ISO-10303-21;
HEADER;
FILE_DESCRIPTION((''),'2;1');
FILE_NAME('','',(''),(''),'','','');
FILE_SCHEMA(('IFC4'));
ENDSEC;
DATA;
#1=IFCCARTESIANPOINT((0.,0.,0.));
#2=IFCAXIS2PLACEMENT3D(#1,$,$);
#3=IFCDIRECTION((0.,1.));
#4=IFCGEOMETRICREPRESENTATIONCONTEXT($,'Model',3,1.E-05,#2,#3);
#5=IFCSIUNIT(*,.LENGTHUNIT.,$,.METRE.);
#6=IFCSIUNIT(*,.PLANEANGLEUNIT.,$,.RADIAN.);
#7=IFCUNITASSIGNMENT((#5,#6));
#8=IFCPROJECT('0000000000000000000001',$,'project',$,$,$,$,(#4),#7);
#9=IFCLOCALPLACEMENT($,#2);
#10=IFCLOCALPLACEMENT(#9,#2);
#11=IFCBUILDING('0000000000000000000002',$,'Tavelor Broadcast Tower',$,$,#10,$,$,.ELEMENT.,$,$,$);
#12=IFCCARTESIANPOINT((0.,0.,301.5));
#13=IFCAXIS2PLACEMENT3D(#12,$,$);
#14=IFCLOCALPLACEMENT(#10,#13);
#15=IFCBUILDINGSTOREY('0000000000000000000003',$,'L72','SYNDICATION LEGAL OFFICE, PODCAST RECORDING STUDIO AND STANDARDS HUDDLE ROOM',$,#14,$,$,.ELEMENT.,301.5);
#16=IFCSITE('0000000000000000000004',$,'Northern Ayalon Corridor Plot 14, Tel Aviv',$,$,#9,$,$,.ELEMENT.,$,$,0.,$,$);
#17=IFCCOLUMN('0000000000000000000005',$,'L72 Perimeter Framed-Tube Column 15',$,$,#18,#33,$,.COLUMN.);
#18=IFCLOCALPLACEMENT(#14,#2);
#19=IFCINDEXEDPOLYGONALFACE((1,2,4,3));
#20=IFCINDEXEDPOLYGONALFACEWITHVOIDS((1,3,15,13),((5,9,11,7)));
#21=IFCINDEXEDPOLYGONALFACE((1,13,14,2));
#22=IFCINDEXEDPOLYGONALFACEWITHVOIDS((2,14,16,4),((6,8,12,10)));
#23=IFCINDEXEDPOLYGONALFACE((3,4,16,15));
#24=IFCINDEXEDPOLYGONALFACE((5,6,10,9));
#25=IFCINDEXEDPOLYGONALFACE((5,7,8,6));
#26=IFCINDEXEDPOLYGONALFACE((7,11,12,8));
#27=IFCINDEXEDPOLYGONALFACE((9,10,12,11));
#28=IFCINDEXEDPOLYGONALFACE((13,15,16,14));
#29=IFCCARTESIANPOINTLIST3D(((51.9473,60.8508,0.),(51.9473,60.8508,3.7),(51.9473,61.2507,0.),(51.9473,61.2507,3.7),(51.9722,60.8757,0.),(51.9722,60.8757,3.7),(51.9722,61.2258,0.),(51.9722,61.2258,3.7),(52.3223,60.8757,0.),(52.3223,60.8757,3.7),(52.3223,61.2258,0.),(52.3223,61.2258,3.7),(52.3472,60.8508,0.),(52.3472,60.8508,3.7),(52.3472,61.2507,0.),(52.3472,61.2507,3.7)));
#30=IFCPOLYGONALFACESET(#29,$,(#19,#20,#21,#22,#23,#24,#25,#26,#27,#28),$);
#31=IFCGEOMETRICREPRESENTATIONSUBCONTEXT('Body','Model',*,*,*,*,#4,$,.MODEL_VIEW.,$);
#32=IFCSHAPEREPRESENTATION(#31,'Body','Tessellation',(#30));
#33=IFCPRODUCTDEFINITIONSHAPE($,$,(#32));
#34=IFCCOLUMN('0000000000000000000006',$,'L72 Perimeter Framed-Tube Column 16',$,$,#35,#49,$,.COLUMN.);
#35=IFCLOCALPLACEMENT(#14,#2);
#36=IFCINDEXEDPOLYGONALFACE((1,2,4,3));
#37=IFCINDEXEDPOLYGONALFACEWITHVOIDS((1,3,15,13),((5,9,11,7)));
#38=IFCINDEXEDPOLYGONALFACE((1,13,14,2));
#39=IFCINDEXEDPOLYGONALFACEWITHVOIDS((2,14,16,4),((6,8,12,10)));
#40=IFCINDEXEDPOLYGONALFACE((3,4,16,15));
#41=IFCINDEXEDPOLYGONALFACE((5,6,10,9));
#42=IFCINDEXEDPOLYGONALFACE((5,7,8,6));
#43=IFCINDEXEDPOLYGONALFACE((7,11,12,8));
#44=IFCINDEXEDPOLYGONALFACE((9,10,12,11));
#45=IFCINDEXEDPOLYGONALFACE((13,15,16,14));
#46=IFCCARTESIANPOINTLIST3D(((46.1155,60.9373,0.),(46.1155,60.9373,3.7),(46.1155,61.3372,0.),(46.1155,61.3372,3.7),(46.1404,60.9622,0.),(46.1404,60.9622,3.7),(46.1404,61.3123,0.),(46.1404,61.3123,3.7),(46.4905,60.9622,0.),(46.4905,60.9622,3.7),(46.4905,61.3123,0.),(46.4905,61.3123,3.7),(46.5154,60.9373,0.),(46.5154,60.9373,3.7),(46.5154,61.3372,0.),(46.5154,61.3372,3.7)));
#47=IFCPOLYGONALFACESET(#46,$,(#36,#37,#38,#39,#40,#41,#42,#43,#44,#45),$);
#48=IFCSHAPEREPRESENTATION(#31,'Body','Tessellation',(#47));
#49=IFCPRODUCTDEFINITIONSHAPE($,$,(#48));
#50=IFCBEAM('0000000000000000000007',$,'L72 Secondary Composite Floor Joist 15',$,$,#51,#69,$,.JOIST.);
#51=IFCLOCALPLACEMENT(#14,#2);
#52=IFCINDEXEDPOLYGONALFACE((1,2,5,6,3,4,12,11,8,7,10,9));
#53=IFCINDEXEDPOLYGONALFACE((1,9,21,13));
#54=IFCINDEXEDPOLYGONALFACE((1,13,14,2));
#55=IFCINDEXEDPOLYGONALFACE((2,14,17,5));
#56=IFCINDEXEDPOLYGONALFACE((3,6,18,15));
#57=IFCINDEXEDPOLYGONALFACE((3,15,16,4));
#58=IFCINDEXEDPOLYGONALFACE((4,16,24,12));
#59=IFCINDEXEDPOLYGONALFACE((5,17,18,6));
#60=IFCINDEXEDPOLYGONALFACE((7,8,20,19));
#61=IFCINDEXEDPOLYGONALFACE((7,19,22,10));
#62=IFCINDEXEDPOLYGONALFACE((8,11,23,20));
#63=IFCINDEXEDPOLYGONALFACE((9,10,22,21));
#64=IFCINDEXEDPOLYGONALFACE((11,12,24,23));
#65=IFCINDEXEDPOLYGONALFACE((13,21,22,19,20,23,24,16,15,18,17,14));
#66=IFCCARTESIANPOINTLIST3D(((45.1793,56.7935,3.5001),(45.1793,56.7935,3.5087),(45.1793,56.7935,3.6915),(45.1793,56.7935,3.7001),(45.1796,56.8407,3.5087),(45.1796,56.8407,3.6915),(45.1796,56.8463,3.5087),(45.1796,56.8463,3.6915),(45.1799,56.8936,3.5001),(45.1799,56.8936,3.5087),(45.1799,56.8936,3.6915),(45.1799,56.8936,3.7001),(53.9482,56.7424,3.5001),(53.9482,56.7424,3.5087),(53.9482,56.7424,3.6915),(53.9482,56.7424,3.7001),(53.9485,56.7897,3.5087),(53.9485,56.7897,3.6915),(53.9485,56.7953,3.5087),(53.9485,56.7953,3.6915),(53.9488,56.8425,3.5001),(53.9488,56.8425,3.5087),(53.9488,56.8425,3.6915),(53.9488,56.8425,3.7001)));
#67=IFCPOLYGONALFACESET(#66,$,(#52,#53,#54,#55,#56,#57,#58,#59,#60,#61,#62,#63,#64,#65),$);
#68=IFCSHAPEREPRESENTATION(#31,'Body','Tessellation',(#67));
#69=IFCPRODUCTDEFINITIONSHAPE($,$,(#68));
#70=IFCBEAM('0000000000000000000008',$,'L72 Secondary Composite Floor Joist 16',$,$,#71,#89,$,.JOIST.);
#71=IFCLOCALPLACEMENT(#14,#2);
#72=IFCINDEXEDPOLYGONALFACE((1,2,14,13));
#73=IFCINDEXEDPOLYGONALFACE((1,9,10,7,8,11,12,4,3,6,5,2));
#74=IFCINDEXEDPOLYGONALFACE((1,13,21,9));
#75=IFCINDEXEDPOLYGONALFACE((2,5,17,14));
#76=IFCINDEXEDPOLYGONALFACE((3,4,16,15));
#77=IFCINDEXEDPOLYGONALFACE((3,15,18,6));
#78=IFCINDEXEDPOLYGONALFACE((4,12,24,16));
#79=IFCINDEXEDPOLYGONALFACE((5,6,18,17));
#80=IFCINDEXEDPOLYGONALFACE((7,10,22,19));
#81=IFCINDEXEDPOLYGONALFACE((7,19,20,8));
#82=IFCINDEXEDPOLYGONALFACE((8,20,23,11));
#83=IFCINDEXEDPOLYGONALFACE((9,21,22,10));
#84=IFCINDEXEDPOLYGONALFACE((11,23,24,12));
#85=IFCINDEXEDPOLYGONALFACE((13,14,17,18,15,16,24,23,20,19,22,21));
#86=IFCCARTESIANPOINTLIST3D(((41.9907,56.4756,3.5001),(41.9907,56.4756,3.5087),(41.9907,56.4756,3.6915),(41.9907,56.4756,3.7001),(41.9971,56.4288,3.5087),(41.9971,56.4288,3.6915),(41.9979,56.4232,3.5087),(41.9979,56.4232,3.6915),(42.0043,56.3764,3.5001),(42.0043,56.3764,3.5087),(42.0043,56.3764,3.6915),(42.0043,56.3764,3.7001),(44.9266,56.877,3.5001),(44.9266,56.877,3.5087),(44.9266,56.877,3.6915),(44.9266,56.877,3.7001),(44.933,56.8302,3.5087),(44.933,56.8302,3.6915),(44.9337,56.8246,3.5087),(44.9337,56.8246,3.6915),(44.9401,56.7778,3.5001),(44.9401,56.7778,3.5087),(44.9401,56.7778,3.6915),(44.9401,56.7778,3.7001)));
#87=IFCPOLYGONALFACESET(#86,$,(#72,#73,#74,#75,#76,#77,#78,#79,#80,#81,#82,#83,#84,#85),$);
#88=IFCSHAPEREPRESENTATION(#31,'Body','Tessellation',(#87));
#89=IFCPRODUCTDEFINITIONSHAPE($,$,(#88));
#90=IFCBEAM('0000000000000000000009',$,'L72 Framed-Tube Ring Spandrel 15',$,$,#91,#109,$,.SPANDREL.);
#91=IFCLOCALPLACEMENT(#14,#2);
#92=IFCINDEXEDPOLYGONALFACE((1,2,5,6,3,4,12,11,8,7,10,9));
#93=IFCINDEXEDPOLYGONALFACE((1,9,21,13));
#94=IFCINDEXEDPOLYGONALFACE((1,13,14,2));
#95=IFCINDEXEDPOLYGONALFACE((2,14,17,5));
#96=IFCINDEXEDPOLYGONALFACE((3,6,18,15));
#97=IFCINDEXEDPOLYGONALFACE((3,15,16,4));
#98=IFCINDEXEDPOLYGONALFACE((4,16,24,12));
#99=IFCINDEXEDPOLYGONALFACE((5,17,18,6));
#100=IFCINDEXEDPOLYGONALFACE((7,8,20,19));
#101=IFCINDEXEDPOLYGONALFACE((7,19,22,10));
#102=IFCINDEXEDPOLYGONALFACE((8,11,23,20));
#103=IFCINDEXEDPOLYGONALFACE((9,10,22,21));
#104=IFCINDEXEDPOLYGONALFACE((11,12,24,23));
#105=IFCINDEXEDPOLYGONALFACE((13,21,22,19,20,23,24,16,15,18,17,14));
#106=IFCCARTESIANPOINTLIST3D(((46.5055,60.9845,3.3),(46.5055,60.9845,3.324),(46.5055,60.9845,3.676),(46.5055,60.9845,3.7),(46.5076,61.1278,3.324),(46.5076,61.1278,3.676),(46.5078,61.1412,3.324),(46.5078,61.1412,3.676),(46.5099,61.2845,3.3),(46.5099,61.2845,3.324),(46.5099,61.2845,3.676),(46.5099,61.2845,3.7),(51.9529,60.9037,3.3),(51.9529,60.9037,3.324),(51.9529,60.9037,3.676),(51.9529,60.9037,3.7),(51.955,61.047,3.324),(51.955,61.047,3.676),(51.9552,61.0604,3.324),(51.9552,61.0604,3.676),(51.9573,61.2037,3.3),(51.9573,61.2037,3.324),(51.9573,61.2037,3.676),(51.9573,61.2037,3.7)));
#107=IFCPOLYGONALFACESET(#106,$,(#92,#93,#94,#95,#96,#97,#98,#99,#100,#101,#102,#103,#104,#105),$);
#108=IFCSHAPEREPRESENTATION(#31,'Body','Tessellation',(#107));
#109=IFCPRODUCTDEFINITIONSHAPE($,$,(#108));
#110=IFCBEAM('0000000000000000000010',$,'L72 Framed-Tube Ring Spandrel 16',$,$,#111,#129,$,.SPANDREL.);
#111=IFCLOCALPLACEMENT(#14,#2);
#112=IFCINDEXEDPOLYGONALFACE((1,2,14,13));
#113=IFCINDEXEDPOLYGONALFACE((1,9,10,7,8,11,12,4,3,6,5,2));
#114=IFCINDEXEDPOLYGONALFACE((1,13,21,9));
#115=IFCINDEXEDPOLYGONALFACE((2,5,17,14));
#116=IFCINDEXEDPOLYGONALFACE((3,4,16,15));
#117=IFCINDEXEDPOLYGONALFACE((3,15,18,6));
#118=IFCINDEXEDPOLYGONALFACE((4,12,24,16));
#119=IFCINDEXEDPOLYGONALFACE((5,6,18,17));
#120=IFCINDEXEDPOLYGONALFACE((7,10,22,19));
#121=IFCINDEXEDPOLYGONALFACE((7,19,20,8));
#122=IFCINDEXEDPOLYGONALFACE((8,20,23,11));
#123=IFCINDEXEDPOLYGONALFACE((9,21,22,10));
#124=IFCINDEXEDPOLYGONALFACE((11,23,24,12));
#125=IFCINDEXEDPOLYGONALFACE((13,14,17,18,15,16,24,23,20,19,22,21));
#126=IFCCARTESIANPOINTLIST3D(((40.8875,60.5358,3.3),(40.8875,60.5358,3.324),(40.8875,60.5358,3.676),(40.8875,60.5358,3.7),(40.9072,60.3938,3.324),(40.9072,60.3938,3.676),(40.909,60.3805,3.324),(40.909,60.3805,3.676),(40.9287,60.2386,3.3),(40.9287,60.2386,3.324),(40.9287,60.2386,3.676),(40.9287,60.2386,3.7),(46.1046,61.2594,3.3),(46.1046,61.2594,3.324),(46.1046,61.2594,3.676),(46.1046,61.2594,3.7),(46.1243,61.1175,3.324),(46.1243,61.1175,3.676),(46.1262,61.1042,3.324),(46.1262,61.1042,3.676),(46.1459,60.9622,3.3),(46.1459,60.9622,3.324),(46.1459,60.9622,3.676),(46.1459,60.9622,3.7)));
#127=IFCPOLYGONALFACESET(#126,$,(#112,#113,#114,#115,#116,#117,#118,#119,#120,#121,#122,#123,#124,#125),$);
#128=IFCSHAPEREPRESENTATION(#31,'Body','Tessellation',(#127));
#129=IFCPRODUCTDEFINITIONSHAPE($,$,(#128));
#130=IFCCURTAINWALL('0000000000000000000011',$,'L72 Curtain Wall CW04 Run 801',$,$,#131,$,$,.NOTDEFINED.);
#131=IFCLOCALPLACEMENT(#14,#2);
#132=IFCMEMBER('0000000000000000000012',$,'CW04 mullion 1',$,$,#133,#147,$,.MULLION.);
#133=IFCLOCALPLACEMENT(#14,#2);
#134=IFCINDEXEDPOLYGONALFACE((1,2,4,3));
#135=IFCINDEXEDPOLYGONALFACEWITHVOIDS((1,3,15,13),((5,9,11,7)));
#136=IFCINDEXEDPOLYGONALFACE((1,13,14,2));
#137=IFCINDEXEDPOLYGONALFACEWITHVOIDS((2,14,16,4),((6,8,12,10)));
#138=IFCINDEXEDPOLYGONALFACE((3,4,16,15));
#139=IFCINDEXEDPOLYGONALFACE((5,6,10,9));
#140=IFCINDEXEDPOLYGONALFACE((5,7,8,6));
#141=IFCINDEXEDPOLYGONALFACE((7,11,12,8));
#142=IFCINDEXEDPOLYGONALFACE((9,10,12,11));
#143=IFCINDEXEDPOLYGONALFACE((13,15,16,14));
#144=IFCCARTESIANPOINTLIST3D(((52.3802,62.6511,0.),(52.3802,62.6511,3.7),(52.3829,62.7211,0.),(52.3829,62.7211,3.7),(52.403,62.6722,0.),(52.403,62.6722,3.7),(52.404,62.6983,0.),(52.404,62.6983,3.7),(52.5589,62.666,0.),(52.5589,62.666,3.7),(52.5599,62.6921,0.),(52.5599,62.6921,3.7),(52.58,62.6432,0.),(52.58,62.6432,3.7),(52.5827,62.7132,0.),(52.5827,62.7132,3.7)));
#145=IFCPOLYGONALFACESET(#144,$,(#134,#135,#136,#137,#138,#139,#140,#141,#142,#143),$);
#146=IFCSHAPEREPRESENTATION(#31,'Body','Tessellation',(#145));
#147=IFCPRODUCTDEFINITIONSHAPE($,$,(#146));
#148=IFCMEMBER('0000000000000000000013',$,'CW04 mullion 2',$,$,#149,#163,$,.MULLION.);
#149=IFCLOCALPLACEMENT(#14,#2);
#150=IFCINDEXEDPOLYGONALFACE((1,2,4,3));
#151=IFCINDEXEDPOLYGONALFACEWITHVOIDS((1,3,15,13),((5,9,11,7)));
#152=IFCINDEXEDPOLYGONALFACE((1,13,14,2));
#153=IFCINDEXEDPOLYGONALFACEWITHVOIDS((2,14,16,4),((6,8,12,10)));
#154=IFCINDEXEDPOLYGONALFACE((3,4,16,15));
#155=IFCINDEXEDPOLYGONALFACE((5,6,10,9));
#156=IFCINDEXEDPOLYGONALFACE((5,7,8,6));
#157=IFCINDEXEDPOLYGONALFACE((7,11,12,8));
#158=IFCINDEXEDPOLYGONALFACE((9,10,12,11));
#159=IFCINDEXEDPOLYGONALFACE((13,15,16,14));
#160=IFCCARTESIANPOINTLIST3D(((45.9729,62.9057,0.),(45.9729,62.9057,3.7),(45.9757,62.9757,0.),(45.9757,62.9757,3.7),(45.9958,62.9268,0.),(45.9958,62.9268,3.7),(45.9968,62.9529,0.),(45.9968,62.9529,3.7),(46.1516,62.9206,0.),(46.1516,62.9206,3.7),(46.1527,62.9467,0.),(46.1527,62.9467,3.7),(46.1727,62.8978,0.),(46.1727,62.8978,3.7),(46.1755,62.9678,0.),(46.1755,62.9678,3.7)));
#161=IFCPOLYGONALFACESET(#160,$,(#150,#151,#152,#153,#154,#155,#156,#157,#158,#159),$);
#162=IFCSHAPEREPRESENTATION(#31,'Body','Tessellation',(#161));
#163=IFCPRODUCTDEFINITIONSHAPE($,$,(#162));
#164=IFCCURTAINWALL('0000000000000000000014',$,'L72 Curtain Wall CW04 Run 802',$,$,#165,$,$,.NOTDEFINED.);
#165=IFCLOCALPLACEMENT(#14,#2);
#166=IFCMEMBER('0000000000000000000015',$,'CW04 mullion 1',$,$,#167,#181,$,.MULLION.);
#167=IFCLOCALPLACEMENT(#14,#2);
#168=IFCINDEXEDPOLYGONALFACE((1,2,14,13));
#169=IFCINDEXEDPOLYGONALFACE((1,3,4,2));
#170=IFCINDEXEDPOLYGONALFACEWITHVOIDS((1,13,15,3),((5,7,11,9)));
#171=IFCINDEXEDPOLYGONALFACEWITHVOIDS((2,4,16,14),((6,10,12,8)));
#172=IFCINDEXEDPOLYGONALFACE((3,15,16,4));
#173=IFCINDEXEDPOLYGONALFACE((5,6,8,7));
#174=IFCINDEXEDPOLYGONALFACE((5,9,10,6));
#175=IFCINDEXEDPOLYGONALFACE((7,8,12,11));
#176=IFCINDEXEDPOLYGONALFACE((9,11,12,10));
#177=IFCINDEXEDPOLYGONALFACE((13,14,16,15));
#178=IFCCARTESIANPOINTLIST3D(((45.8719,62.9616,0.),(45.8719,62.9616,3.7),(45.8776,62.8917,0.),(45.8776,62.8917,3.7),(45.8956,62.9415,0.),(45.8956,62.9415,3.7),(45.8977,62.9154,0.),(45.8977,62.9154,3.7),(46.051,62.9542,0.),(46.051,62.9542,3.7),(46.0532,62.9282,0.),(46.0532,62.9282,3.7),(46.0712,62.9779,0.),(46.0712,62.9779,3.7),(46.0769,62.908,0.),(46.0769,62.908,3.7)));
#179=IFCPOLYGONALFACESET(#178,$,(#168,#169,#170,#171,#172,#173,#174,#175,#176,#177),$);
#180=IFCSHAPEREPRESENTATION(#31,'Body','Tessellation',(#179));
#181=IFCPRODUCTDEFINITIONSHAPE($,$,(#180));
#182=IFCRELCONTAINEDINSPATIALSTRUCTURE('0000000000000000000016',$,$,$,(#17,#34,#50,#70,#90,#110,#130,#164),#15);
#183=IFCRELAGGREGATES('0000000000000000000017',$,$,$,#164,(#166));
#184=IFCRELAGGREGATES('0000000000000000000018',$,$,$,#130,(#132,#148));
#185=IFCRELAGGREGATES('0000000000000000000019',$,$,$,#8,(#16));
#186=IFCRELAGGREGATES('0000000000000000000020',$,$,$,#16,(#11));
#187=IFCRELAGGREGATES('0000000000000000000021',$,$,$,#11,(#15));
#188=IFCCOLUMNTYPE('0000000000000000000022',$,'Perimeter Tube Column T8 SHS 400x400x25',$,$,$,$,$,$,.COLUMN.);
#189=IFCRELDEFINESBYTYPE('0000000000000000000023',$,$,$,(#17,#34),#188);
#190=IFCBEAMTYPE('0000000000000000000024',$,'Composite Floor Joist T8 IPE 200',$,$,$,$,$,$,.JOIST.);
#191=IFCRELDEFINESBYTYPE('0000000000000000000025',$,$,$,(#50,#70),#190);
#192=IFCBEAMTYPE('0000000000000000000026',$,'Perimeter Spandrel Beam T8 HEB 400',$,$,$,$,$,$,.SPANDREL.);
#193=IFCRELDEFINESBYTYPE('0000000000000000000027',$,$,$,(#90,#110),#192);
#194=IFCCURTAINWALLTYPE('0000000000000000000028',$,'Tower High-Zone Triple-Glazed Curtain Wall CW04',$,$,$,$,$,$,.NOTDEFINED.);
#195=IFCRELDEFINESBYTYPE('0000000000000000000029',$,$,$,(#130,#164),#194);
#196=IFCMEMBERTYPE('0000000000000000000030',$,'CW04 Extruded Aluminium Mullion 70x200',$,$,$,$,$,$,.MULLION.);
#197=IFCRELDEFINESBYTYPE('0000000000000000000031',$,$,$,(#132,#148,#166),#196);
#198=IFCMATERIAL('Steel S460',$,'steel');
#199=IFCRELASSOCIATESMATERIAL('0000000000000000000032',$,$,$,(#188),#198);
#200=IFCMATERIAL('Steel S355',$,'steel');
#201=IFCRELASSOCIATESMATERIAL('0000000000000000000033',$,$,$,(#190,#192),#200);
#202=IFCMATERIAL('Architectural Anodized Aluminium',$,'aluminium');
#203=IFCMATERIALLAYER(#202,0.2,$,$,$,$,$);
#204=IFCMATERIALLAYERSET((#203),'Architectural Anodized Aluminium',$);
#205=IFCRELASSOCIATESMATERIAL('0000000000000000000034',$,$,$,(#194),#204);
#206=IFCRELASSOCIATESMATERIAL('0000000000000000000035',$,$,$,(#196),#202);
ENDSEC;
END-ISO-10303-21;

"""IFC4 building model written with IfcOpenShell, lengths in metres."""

from ifc_helpers import new_model, si_unit, direction, frame, origin, origin_2d, place, context, subcontext, project, spatial, hollow_rectangle, i_section, extrude, source, transform, mapped, material, layer, layer_set, material_profile, profile_set, type_object, type_shapes, element, aggregate, save


model = new_model("IFC4")

# Units and contexts
model_context = context("Model", 3, precision=1e-05, world=origin(), true_north=direction((0.0, 1.0)))
body_context = subcontext(model_context, "Body", "Model", "MODEL_VIEW")
ifc_project = project(units=[si_unit("LENGTHUNIT", "METRE"), si_unit("PLANEANGLEUNIT", "RADIAN")], contexts=[model_context])

# Site, building, storey
site_placement = place(None, origin())
site = spatial("IfcSite", under=ifc_project, at=site_placement, Name="Northern Ayalon Corridor Plot 14, Tel Aviv", CompositionType="ELEMENT", RefElevation=0.0)
building_placement = place(site_placement, origin())
building = spatial("IfcBuilding", under=site, at=building_placement, Name="Tavelor Broadcast Tower", CompositionType="ELEMENT")
storey_placement = place(building_placement, frame((0.0, 0.0, 301.5)))
storey = spatial("IfcBuildingStorey", under=building, at=storey_placement, Name="L72", Description="SYNDICATION LEGAL OFFICE, PODCAST RECORDING STUDIO AND STANDARDS HUDDLE ROOM", CompositionType="ELEMENT", Elevation=301.5)

# Columns
ifc_material_1 = material(Name="Steel S460", Category="steel")
ifc_material_profile_1 = material_profile(ifc_material_1, hollow_rectangle(XDim=0.3999, YDim=0.3999, WallThickness=0.0249, at=origin_2d()), Name="SHS 400x400x25")
ifc_profile_set_1 = profile_set([ifc_material_profile_1], Name="Steel S460")
column_type = type_object("IfcColumnType", Name="Perimeter Tube Column T8 SHS 400x400x25", PredefinedType="COLUMN", material=ifc_profile_set_1)
for number, where, z_axis, x_axis, name in (
    (1, (52.1472, 61.0508, 0.0), (0.0, 0.0, 1.0), (1.0, 0.0, 0.0), "L72 Perimeter Framed-Tube Column 15"),
    (2, (46.3154, 61.1372, 0.0), (0.0, 0.0, 1.0), (1.0, 0.0, 0.0), "L72 Perimeter Framed-Tube Column 16"),
):
    element("IfcColumn", number, at=place(storey_placement, frame(where, z_axis=z_axis, x_axis=x_axis)), inside=storey, type_object=column_type, Name=name, PredefinedType="COLUMN", context=body_context, shape_type="SweptSolid", body=[
        extrude(hollow_rectangle(XDim=0.3999, YDim=0.3999, WallThickness=0.0249, at=origin_2d()), origin(), (0.0, 0.0, 1.0), 3.7),
    ])

# Beams
ifc_material_2 = material(Name="Steel S355", Category="steel")
ifc_material_profile_2 = material_profile(ifc_material_2, i_section(OverallWidth=0.1001, OverallDepth=0.2, WebThickness=0.0056, FlangeThickness=0.0085, at=origin_2d()), Name="IPE 200")
ifc_profile_set_2 = profile_set([ifc_material_profile_2], Name="Steel S355")
beam_type_1 = type_object("IfcBeamType", Name="Composite Floor Joist T8 IPE 200", PredefinedType="JOIST", material=ifc_profile_set_2)
beam_1_placement = place(storey_placement, frame((53.9485, 56.7925, 3.6001), z_axis=(-0.999983, 0.005819, 0.0), x_axis=(-0.005819, -0.999983, 0.0)))
element("IfcBeam", 3, at=beam_1_placement, inside=storey, type_object=beam_type_1, Name="L72 Secondary Composite Floor Joist 15", PredefinedType="JOIST", context=body_context, shape_type="SweptSolid", body=[
    extrude(i_section(OverallWidth=0.1001, OverallDepth=0.2, WebThickness=0.0056, FlangeThickness=0.0085, at=origin_2d()), origin(), (0.0, 0.0, 1.0), 8.769),
])
beam_2_placement = place(storey_placement, frame((44.9333, 56.8274, 3.6001), z_axis=(-0.990783, -0.135455, 0.0), x_axis=(0.135455, -0.990783, 0.0)))
element("IfcBeam", 4, at=beam_2_placement, inside=storey, type_object=beam_type_1, Name="L72 Secondary Composite Floor Joist 16", PredefinedType="JOIST", context=body_context, shape_type="SweptSolid", body=[
    extrude(i_section(OverallWidth=0.1001, OverallDepth=0.2, WebThickness=0.0056, FlangeThickness=0.0085, at=origin_2d()), origin(), (0.0, 0.0, 1.0), 2.9631),
])
ifc_material_profile_3 = material_profile(ifc_material_2, i_section(OverallWidth=0.3, OverallDepth=0.3999, WebThickness=0.0134, FlangeThickness=0.0239, at=origin_2d()), Name="HEB 400")
ifc_profile_set_3 = profile_set([ifc_material_profile_3], Name="Steel S355")
beam_type_2 = type_object("IfcBeamType", Name="Perimeter Spandrel Beam T8 HEB 400", PredefinedType="SPANDREL", material=ifc_profile_set_3)
beam_3_placement = place(storey_placement, frame((51.9551, 61.0537, 3.5), z_axis=(-0.99989, 0.014833, 0.0), x_axis=(-0.014833, -0.99989, 0.0)))
element("IfcBeam", 5, at=beam_3_placement, inside=storey, type_object=beam_type_2, Name="L72 Framed-Tube Ring Spandrel 15", PredefinedType="SPANDREL", context=body_context, shape_type="SweptSolid", body=[
    extrude(i_section(OverallWidth=0.3, OverallDepth=0.3999, WebThickness=0.0134, FlangeThickness=0.0239, at=origin_2d()), origin(), (0.0, 0.0, 1.0), 5.448),
])
beam_4_placement = place(storey_placement, frame((46.1252, 61.1108, 3.5), z_axis=(-0.990517, -0.13739, 0.0), x_axis=(0.13739, -0.990517, 0.0)))
element("IfcBeam", 6, at=beam_4_placement, inside=storey, type_object=beam_type_2, Name="L72 Framed-Tube Ring Spandrel 16", PredefinedType="SPANDREL", context=body_context, shape_type="SweptSolid", body=[
    extrude(i_section(OverallWidth=0.3, OverallDepth=0.3999, WebThickness=0.0134, FlangeThickness=0.0239, at=origin_2d()), origin(), (0.0, 0.0, 1.0), 5.2671),
])

# Curtain walls, members
ifc_material_3 = material(Name="Architectural Anodized Aluminium", Category="aluminium")
ifc_layer_1 = layer(ifc_material_3, 0.2)
ifc_layer_set_1 = layer_set([ifc_layer_1], Name="Architectural Anodized Aluminium")
curtain_wall_type = type_object("IfcCurtainWallType", Name="Tower High-Zone Triple-Glazed Curtain Wall CW04", PredefinedType="NOTDEFINED", material=ifc_layer_set_1)
curtain_wall_1_placement = place(storey_placement, origin())
curtain_wall_1 = element("IfcCurtainWall", 7, at=curtain_wall_1_placement, inside=storey, type_object=curtain_wall_type, Name="L72 Curtain Wall CW04 Run 801", PredefinedType="NOTDEFINED")
ifc_material_profile_4 = material_profile(ifc_material_3, hollow_rectangle(XDim=0.0701, YDim=0.2, WallThickness=0.022, at=origin_2d()), Name="RHS 70x200x22")
ifc_profile_set_4 = profile_set([ifc_material_profile_4], Name="Architectural Anodized Aluminium")
member_type_1 = type_object("IfcMemberType", Name="CW04 Extruded Aluminium Mullion 70x200", PredefinedType="MULLION", material=ifc_profile_set_4)
shared_shape_1 = source(origin(), body_context, "Body", "SweptSolid", [
    extrude(hollow_rectangle(XDim=0.0701, YDim=0.2, WallThickness=0.022, at=origin_2d()), origin(), (0.0, 0.0, 1.0), 3.7),
])
type_shapes(member_type_1, [shared_shape_1])
member_1_placement = place(storey_placement, frame((52.4814, 62.6821, 0.0), z_axis=(0.0, 0.0, 1.0), x_axis=(-0.039709, -0.999211, 0.0)))
member_1 = element("IfcMember", 8, at=member_1_placement, type_object=member_type_1, Name="CW04 mullion 1", PredefinedType="MULLION", context=body_context, shape_type="MappedRepresentation", body=[
    mapped(shared_shape_1, transform((0.0, 0.0, 0.0), scale=1.0)),
])
member_2_placement = place(storey_placement, frame((46.0742, 62.9368, 0.0), z_axis=(0.0, 0.0, 1.0), x_axis=(-0.039709, -0.999211, 0.0)))
member_2 = element("IfcMember", 9, at=member_2_placement, type_object=member_type_1, Name="CW04 mullion 2", PredefinedType="MULLION", context=body_context, shape_type="MappedRepresentation", body=[
    mapped(shared_shape_1, transform((0.0, 0.0, 0.0), scale=1.0)),
])
curtain_wall_2_placement = place(storey_placement, origin())
curtain_wall_2 = element("IfcCurtainWall", 10, at=curtain_wall_2_placement, inside=storey, type_object=curtain_wall_type, Name="L72 Curtain Wall CW04 Run 802", PredefinedType="NOTDEFINED")
member_3_placement = place(storey_placement, frame((45.9744, 62.9348, 0.0), z_axis=(0.0, 0.0, 1.0), x_axis=(0.081503, -0.996673, 0.0)))
member_3 = element("IfcMember", 11, at=member_3_placement, type_object=member_type_1, Name="CW04 mullion 1", PredefinedType="MULLION", context=body_context, shape_type="MappedRepresentation", body=[
    mapped(shared_shape_1, transform((0.0, 0.0, 0.0), scale=1.0)),
])
aggregate(curtain_wall_2, [member_3])

aggregate(curtain_wall_1, [member_1, member_2])

save(model, "model.ifc")
